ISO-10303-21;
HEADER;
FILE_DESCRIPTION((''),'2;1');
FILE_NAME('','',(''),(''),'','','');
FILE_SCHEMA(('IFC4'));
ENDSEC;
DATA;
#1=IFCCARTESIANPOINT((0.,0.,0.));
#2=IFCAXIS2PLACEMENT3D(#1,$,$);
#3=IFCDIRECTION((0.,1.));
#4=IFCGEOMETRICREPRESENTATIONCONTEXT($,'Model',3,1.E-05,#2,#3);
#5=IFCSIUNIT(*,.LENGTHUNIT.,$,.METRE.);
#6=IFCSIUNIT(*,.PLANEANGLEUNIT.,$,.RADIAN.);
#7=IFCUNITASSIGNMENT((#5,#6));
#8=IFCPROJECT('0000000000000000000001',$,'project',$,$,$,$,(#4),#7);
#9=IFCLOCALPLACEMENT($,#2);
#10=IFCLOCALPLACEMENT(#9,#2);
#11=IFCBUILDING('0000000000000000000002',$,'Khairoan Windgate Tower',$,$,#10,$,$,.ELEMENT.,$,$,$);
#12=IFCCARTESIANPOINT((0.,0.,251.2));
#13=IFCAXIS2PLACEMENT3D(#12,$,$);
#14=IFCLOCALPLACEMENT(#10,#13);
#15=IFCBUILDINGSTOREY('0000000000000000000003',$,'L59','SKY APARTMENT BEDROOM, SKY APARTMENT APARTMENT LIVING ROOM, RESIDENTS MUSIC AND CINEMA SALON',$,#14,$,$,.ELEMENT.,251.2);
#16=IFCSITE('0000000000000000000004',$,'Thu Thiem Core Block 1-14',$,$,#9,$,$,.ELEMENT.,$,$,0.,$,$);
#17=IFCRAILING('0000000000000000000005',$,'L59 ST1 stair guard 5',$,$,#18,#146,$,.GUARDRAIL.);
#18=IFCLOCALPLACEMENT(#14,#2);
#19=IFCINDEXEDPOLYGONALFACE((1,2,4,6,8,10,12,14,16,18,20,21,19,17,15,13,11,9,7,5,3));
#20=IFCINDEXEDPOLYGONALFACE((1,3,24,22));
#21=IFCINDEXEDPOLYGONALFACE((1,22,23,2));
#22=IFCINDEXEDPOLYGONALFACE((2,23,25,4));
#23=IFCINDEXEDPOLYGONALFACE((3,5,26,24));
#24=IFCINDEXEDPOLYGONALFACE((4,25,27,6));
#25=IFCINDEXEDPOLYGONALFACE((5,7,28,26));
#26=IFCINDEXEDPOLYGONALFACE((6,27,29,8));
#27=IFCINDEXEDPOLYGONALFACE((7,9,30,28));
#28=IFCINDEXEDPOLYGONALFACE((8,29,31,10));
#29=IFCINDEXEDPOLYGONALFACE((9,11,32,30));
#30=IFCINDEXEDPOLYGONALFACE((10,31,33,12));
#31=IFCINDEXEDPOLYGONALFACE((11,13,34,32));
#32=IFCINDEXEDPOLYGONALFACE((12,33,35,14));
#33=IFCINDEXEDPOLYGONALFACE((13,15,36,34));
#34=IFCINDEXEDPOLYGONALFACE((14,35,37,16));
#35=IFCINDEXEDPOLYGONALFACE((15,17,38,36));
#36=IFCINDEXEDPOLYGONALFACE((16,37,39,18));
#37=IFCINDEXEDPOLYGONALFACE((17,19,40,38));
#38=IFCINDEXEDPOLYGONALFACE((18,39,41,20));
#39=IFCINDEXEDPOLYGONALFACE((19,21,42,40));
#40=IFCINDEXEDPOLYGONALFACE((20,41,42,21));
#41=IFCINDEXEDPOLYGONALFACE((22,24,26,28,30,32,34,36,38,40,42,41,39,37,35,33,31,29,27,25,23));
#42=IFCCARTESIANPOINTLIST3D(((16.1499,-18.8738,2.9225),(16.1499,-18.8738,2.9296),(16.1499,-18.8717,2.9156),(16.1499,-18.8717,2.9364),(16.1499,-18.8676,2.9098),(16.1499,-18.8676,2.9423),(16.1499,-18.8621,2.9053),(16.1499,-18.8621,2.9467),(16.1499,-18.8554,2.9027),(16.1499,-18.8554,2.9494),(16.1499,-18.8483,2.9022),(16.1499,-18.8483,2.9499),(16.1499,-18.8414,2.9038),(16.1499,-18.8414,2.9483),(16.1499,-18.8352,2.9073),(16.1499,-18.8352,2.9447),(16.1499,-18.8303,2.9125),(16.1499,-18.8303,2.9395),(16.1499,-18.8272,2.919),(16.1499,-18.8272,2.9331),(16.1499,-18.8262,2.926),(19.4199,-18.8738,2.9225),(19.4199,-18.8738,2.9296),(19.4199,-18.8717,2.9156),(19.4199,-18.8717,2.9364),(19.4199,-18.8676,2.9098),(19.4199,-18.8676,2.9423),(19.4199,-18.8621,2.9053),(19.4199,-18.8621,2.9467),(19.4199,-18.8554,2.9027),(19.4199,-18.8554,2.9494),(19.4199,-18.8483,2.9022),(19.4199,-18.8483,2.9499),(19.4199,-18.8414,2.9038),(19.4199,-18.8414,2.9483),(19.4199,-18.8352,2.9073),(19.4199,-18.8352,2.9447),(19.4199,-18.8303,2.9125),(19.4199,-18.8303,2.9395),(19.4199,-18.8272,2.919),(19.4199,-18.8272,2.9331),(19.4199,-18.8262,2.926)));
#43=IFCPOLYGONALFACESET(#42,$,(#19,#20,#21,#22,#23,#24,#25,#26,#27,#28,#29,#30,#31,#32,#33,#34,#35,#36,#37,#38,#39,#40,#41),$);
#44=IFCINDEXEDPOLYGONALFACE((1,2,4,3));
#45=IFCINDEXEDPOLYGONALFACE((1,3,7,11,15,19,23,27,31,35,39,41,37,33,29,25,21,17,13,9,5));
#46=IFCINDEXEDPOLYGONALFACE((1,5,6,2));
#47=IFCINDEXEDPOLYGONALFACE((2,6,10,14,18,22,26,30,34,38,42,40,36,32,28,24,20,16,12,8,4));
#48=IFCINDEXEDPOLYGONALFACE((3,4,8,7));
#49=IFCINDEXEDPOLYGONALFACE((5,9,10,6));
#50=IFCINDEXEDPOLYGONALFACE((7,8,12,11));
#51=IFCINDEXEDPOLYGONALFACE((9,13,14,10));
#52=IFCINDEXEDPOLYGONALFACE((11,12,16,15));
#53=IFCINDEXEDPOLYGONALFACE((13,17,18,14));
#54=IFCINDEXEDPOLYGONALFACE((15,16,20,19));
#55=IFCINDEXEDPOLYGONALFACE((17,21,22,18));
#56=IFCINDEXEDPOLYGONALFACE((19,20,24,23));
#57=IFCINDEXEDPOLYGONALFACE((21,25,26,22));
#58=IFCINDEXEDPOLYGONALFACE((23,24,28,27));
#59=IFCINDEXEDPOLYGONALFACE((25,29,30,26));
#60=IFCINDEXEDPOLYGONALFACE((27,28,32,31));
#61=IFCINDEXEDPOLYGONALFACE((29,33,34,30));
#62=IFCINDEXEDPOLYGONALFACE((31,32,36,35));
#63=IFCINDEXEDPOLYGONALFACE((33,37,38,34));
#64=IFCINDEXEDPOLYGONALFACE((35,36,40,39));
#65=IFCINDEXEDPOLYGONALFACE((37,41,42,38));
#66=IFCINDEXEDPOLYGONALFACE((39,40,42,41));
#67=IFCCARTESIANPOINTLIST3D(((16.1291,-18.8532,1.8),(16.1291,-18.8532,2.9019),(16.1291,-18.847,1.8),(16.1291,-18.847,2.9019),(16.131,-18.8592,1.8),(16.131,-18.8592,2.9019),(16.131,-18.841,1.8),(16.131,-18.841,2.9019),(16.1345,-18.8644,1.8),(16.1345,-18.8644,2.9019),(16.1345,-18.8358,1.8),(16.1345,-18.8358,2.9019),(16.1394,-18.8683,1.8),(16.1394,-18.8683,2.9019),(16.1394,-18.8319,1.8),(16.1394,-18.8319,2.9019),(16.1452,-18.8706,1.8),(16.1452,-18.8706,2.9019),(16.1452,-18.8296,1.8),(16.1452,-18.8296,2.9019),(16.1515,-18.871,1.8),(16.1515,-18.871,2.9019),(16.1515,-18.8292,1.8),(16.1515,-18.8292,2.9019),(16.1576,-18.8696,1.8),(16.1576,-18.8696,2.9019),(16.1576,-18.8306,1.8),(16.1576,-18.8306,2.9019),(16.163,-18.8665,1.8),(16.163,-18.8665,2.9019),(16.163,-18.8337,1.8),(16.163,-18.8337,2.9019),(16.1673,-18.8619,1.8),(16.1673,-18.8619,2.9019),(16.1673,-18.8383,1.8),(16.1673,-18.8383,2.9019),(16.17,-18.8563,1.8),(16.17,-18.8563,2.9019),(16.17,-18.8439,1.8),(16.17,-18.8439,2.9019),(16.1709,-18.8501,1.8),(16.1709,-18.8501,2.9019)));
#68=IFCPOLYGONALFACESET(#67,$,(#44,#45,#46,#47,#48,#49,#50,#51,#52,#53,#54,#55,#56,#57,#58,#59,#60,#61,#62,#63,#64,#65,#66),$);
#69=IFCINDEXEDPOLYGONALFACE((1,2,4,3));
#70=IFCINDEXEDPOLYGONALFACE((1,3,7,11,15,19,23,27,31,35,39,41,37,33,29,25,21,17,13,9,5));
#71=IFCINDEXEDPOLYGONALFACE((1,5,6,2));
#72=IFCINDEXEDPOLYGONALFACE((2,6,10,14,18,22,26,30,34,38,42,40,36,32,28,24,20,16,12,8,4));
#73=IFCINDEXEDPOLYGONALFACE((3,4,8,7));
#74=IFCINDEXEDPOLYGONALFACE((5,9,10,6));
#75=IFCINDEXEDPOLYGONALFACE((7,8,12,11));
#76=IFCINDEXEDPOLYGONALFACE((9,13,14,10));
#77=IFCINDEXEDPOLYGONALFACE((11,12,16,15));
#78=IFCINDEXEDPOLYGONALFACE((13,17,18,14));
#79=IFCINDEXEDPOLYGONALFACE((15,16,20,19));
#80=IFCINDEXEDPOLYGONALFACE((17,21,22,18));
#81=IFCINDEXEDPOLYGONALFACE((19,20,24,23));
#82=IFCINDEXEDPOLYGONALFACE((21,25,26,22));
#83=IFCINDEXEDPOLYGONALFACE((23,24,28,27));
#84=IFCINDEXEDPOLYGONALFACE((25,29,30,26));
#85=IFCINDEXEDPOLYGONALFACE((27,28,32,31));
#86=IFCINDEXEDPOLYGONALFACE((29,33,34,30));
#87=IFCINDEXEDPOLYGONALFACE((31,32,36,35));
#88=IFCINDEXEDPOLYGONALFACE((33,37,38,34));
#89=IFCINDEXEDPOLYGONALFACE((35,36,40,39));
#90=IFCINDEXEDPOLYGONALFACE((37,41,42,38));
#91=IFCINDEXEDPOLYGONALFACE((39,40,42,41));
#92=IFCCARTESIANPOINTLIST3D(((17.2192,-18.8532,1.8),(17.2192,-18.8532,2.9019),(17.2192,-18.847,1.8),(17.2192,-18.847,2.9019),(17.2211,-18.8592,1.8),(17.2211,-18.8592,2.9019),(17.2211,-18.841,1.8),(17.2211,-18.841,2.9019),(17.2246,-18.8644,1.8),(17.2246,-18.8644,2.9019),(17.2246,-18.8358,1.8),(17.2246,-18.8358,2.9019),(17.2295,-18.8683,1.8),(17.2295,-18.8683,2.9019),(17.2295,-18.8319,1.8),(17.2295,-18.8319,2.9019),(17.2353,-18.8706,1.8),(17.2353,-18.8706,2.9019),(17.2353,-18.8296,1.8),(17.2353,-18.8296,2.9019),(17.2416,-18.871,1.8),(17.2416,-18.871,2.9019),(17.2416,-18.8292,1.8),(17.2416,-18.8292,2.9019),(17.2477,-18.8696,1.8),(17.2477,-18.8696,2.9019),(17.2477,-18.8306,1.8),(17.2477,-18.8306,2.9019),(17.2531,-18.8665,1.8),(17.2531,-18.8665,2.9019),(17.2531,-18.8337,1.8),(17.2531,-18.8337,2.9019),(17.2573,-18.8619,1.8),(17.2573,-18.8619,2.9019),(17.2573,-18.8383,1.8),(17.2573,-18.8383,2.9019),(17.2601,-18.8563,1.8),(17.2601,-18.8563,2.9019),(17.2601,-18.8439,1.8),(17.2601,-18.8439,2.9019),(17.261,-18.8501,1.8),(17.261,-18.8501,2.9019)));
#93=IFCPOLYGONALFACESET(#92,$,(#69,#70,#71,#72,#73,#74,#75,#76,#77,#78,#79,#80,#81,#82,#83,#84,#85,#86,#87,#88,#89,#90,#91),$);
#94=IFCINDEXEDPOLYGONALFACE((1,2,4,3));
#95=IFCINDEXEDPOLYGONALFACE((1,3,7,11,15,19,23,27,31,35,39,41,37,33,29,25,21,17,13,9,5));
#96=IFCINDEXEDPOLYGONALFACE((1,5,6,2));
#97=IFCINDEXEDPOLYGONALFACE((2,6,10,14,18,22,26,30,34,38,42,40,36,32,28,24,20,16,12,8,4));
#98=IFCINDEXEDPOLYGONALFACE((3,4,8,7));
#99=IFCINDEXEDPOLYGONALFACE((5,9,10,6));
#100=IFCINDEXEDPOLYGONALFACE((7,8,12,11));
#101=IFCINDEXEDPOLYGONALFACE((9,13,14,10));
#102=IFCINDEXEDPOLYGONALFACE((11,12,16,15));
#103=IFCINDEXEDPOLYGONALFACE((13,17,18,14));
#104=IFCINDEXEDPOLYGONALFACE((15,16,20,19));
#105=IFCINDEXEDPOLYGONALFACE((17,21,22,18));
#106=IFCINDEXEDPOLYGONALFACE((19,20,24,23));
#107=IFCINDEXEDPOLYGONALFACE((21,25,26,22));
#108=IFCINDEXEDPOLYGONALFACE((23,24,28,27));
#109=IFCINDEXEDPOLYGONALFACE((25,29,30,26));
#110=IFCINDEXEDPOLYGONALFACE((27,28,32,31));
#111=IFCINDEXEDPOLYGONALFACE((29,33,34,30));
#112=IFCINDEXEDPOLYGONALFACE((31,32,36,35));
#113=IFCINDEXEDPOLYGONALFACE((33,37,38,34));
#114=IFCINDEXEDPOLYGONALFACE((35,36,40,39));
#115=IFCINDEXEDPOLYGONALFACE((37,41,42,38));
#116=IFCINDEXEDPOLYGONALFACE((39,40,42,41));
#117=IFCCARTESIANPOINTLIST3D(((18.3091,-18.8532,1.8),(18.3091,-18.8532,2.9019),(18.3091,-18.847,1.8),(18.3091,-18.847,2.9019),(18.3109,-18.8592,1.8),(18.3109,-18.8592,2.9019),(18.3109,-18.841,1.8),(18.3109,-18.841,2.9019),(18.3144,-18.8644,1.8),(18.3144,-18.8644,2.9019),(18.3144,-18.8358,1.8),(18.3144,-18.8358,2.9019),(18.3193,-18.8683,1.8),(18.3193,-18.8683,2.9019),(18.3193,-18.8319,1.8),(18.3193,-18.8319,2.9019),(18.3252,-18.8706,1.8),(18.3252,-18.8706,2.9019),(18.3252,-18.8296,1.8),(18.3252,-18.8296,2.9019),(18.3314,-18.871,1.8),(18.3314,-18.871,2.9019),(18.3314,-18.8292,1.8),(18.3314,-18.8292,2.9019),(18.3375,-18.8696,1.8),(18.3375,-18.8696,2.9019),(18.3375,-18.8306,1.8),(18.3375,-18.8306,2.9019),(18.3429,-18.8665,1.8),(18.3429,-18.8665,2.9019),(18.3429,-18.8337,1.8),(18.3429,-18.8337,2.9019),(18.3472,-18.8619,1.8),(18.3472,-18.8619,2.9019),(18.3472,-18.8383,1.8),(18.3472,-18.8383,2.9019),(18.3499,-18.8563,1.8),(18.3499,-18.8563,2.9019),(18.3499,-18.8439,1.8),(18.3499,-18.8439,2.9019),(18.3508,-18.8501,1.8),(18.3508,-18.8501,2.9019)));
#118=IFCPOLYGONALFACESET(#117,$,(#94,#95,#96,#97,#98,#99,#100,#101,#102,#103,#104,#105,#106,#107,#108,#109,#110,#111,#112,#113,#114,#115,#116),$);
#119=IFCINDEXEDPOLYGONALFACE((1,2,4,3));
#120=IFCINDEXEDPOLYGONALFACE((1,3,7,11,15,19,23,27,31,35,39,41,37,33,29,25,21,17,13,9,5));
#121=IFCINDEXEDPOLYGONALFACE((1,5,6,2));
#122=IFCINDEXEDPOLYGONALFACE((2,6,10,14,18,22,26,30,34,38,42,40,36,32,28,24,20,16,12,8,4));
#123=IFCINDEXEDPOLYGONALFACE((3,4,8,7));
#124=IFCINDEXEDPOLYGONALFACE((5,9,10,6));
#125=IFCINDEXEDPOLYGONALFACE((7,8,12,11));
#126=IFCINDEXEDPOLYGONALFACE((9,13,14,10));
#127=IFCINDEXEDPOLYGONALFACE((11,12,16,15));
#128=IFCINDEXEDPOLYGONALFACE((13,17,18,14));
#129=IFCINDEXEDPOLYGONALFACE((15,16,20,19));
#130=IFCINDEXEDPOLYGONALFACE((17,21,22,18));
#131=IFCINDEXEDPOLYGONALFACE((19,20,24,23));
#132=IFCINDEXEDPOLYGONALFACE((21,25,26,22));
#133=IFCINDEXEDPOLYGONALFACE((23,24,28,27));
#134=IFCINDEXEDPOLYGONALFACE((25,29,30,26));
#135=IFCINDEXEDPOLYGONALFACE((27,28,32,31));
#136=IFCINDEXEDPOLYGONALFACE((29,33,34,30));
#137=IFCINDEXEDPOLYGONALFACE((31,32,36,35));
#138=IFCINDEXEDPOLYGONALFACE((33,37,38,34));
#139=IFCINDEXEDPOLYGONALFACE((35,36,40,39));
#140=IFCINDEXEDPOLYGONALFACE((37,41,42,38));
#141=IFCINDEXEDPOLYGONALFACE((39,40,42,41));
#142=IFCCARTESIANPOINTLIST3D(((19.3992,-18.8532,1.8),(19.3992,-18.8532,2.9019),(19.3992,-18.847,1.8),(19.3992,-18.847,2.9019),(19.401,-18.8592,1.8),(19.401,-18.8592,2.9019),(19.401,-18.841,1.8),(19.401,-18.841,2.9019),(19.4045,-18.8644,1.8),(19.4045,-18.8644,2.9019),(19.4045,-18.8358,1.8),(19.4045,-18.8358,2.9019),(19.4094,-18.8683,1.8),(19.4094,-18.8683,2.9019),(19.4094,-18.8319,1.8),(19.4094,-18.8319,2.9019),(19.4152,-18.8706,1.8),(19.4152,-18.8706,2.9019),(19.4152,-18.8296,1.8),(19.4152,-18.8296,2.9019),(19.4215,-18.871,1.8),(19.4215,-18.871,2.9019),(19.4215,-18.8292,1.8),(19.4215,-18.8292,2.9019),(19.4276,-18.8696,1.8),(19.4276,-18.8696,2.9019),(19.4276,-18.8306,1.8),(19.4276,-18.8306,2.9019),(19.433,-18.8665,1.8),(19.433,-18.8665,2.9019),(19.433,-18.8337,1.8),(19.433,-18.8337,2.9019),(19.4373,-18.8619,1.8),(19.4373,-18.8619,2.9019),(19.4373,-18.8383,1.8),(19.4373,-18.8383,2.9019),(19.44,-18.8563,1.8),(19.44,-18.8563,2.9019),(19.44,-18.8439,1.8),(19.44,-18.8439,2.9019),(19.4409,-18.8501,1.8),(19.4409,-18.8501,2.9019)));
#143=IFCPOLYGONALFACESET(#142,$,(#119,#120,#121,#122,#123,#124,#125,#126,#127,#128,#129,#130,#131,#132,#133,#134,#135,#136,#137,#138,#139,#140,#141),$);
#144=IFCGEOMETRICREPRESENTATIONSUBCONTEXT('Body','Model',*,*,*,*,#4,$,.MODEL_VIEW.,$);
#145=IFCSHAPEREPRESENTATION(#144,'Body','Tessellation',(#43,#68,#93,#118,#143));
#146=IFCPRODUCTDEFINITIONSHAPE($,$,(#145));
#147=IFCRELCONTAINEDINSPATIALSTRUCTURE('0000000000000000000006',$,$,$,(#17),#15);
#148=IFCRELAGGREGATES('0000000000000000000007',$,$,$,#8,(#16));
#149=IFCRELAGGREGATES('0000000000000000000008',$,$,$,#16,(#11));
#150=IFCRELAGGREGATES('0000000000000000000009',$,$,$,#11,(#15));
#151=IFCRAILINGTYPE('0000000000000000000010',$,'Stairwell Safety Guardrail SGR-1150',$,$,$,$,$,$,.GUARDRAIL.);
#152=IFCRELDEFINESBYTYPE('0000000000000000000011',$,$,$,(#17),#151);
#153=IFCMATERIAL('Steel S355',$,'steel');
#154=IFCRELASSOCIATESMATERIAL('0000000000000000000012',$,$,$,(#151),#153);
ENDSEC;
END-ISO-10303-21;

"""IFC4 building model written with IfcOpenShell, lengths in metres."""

from ifc_helpers import new_model, si_unit, direction, frame, origin, origin_2d, place, context, subcontext, project, spatial, circle, extrude, material, type_object, element, save


model = new_model("IFC4")

# Units and contexts
model_context = context("Model", 3, precision=1e-05, world=origin(), true_north=direction((0.0, 1.0)))
body_context = subcontext(model_context, "Body", "Model", "MODEL_VIEW")
ifc_project = project(units=[si_unit("LENGTHUNIT", "METRE"), si_unit("PLANEANGLEUNIT", "RADIAN")], contexts=[model_context])

# Site, building, storey
site_placement = place(None, origin())
site = spatial("IfcSite", under=ifc_project, at=site_placement, Name="Thu Thiem Core Block 1-14", CompositionType="ELEMENT", RefElevation=0.0)
building_placement = place(site_placement, origin())
building = spatial("IfcBuilding", under=site, at=building_placement, Name="Khairoan Windgate Tower", CompositionType="ELEMENT")
storey_placement = place(building_placement, frame((0.0, 0.0, 251.2)))
storey = spatial("IfcBuildingStorey", under=building, at=storey_placement, Name="L59", Description="SKY APARTMENT BEDROOM, SKY APARTMENT APARTMENT LIVING ROOM, RESIDENTS MUSIC AND CINEMA SALON", CompositionType="ELEMENT", Elevation=251.2)

# Railing
ifc_material_1 = material(Name="Steel S355", Category="steel")
railing_type = type_object("IfcRailingType", Name="Stairwell Safety Guardrail SGR-1150", PredefinedType="GUARDRAIL", material=ifc_material_1)
railing_1_placement = place(storey_placement, frame((16.1499, -18.8501, 1.8)))
element("IfcRailing", 1, at=railing_1_placement, inside=storey, type_object=railing_type, Name="L59 ST1 stair guard 5", PredefinedType="GUARDRAIL", context=body_context, shape_type="SweptSolid", body=[
    extrude(circle(Radius=0.0239, at=origin_2d()), frame((0.0, 0.0, 1.126), z_axis=(1.0, 0.0, 0.0), x_axis=(0.0, 1.0, 0.0)), (0.0, 0.0, 1.0), 3.27),
    extrude(circle(Radius=0.021, at=origin_2d()), origin(), (0.0, 0.0, 1.0), 1.1018),
    extrude(circle(Radius=0.021, at=origin_2d()), frame((1.0901, 0.0, 0.0)), (0.0, 0.0, 1.0), 1.1018),
    extrude(circle(Radius=0.021, at=origin_2d()), frame((2.1799, 0.0, 0.0)), (0.0, 0.0, 1.0), 1.1018),
    extrude(circle(Radius=0.021, at=origin_2d()), frame((3.27, 0.0, 0.0)), (0.0, 0.0, 1.0), 1.1018),
])

save(model, "model.ifc")
